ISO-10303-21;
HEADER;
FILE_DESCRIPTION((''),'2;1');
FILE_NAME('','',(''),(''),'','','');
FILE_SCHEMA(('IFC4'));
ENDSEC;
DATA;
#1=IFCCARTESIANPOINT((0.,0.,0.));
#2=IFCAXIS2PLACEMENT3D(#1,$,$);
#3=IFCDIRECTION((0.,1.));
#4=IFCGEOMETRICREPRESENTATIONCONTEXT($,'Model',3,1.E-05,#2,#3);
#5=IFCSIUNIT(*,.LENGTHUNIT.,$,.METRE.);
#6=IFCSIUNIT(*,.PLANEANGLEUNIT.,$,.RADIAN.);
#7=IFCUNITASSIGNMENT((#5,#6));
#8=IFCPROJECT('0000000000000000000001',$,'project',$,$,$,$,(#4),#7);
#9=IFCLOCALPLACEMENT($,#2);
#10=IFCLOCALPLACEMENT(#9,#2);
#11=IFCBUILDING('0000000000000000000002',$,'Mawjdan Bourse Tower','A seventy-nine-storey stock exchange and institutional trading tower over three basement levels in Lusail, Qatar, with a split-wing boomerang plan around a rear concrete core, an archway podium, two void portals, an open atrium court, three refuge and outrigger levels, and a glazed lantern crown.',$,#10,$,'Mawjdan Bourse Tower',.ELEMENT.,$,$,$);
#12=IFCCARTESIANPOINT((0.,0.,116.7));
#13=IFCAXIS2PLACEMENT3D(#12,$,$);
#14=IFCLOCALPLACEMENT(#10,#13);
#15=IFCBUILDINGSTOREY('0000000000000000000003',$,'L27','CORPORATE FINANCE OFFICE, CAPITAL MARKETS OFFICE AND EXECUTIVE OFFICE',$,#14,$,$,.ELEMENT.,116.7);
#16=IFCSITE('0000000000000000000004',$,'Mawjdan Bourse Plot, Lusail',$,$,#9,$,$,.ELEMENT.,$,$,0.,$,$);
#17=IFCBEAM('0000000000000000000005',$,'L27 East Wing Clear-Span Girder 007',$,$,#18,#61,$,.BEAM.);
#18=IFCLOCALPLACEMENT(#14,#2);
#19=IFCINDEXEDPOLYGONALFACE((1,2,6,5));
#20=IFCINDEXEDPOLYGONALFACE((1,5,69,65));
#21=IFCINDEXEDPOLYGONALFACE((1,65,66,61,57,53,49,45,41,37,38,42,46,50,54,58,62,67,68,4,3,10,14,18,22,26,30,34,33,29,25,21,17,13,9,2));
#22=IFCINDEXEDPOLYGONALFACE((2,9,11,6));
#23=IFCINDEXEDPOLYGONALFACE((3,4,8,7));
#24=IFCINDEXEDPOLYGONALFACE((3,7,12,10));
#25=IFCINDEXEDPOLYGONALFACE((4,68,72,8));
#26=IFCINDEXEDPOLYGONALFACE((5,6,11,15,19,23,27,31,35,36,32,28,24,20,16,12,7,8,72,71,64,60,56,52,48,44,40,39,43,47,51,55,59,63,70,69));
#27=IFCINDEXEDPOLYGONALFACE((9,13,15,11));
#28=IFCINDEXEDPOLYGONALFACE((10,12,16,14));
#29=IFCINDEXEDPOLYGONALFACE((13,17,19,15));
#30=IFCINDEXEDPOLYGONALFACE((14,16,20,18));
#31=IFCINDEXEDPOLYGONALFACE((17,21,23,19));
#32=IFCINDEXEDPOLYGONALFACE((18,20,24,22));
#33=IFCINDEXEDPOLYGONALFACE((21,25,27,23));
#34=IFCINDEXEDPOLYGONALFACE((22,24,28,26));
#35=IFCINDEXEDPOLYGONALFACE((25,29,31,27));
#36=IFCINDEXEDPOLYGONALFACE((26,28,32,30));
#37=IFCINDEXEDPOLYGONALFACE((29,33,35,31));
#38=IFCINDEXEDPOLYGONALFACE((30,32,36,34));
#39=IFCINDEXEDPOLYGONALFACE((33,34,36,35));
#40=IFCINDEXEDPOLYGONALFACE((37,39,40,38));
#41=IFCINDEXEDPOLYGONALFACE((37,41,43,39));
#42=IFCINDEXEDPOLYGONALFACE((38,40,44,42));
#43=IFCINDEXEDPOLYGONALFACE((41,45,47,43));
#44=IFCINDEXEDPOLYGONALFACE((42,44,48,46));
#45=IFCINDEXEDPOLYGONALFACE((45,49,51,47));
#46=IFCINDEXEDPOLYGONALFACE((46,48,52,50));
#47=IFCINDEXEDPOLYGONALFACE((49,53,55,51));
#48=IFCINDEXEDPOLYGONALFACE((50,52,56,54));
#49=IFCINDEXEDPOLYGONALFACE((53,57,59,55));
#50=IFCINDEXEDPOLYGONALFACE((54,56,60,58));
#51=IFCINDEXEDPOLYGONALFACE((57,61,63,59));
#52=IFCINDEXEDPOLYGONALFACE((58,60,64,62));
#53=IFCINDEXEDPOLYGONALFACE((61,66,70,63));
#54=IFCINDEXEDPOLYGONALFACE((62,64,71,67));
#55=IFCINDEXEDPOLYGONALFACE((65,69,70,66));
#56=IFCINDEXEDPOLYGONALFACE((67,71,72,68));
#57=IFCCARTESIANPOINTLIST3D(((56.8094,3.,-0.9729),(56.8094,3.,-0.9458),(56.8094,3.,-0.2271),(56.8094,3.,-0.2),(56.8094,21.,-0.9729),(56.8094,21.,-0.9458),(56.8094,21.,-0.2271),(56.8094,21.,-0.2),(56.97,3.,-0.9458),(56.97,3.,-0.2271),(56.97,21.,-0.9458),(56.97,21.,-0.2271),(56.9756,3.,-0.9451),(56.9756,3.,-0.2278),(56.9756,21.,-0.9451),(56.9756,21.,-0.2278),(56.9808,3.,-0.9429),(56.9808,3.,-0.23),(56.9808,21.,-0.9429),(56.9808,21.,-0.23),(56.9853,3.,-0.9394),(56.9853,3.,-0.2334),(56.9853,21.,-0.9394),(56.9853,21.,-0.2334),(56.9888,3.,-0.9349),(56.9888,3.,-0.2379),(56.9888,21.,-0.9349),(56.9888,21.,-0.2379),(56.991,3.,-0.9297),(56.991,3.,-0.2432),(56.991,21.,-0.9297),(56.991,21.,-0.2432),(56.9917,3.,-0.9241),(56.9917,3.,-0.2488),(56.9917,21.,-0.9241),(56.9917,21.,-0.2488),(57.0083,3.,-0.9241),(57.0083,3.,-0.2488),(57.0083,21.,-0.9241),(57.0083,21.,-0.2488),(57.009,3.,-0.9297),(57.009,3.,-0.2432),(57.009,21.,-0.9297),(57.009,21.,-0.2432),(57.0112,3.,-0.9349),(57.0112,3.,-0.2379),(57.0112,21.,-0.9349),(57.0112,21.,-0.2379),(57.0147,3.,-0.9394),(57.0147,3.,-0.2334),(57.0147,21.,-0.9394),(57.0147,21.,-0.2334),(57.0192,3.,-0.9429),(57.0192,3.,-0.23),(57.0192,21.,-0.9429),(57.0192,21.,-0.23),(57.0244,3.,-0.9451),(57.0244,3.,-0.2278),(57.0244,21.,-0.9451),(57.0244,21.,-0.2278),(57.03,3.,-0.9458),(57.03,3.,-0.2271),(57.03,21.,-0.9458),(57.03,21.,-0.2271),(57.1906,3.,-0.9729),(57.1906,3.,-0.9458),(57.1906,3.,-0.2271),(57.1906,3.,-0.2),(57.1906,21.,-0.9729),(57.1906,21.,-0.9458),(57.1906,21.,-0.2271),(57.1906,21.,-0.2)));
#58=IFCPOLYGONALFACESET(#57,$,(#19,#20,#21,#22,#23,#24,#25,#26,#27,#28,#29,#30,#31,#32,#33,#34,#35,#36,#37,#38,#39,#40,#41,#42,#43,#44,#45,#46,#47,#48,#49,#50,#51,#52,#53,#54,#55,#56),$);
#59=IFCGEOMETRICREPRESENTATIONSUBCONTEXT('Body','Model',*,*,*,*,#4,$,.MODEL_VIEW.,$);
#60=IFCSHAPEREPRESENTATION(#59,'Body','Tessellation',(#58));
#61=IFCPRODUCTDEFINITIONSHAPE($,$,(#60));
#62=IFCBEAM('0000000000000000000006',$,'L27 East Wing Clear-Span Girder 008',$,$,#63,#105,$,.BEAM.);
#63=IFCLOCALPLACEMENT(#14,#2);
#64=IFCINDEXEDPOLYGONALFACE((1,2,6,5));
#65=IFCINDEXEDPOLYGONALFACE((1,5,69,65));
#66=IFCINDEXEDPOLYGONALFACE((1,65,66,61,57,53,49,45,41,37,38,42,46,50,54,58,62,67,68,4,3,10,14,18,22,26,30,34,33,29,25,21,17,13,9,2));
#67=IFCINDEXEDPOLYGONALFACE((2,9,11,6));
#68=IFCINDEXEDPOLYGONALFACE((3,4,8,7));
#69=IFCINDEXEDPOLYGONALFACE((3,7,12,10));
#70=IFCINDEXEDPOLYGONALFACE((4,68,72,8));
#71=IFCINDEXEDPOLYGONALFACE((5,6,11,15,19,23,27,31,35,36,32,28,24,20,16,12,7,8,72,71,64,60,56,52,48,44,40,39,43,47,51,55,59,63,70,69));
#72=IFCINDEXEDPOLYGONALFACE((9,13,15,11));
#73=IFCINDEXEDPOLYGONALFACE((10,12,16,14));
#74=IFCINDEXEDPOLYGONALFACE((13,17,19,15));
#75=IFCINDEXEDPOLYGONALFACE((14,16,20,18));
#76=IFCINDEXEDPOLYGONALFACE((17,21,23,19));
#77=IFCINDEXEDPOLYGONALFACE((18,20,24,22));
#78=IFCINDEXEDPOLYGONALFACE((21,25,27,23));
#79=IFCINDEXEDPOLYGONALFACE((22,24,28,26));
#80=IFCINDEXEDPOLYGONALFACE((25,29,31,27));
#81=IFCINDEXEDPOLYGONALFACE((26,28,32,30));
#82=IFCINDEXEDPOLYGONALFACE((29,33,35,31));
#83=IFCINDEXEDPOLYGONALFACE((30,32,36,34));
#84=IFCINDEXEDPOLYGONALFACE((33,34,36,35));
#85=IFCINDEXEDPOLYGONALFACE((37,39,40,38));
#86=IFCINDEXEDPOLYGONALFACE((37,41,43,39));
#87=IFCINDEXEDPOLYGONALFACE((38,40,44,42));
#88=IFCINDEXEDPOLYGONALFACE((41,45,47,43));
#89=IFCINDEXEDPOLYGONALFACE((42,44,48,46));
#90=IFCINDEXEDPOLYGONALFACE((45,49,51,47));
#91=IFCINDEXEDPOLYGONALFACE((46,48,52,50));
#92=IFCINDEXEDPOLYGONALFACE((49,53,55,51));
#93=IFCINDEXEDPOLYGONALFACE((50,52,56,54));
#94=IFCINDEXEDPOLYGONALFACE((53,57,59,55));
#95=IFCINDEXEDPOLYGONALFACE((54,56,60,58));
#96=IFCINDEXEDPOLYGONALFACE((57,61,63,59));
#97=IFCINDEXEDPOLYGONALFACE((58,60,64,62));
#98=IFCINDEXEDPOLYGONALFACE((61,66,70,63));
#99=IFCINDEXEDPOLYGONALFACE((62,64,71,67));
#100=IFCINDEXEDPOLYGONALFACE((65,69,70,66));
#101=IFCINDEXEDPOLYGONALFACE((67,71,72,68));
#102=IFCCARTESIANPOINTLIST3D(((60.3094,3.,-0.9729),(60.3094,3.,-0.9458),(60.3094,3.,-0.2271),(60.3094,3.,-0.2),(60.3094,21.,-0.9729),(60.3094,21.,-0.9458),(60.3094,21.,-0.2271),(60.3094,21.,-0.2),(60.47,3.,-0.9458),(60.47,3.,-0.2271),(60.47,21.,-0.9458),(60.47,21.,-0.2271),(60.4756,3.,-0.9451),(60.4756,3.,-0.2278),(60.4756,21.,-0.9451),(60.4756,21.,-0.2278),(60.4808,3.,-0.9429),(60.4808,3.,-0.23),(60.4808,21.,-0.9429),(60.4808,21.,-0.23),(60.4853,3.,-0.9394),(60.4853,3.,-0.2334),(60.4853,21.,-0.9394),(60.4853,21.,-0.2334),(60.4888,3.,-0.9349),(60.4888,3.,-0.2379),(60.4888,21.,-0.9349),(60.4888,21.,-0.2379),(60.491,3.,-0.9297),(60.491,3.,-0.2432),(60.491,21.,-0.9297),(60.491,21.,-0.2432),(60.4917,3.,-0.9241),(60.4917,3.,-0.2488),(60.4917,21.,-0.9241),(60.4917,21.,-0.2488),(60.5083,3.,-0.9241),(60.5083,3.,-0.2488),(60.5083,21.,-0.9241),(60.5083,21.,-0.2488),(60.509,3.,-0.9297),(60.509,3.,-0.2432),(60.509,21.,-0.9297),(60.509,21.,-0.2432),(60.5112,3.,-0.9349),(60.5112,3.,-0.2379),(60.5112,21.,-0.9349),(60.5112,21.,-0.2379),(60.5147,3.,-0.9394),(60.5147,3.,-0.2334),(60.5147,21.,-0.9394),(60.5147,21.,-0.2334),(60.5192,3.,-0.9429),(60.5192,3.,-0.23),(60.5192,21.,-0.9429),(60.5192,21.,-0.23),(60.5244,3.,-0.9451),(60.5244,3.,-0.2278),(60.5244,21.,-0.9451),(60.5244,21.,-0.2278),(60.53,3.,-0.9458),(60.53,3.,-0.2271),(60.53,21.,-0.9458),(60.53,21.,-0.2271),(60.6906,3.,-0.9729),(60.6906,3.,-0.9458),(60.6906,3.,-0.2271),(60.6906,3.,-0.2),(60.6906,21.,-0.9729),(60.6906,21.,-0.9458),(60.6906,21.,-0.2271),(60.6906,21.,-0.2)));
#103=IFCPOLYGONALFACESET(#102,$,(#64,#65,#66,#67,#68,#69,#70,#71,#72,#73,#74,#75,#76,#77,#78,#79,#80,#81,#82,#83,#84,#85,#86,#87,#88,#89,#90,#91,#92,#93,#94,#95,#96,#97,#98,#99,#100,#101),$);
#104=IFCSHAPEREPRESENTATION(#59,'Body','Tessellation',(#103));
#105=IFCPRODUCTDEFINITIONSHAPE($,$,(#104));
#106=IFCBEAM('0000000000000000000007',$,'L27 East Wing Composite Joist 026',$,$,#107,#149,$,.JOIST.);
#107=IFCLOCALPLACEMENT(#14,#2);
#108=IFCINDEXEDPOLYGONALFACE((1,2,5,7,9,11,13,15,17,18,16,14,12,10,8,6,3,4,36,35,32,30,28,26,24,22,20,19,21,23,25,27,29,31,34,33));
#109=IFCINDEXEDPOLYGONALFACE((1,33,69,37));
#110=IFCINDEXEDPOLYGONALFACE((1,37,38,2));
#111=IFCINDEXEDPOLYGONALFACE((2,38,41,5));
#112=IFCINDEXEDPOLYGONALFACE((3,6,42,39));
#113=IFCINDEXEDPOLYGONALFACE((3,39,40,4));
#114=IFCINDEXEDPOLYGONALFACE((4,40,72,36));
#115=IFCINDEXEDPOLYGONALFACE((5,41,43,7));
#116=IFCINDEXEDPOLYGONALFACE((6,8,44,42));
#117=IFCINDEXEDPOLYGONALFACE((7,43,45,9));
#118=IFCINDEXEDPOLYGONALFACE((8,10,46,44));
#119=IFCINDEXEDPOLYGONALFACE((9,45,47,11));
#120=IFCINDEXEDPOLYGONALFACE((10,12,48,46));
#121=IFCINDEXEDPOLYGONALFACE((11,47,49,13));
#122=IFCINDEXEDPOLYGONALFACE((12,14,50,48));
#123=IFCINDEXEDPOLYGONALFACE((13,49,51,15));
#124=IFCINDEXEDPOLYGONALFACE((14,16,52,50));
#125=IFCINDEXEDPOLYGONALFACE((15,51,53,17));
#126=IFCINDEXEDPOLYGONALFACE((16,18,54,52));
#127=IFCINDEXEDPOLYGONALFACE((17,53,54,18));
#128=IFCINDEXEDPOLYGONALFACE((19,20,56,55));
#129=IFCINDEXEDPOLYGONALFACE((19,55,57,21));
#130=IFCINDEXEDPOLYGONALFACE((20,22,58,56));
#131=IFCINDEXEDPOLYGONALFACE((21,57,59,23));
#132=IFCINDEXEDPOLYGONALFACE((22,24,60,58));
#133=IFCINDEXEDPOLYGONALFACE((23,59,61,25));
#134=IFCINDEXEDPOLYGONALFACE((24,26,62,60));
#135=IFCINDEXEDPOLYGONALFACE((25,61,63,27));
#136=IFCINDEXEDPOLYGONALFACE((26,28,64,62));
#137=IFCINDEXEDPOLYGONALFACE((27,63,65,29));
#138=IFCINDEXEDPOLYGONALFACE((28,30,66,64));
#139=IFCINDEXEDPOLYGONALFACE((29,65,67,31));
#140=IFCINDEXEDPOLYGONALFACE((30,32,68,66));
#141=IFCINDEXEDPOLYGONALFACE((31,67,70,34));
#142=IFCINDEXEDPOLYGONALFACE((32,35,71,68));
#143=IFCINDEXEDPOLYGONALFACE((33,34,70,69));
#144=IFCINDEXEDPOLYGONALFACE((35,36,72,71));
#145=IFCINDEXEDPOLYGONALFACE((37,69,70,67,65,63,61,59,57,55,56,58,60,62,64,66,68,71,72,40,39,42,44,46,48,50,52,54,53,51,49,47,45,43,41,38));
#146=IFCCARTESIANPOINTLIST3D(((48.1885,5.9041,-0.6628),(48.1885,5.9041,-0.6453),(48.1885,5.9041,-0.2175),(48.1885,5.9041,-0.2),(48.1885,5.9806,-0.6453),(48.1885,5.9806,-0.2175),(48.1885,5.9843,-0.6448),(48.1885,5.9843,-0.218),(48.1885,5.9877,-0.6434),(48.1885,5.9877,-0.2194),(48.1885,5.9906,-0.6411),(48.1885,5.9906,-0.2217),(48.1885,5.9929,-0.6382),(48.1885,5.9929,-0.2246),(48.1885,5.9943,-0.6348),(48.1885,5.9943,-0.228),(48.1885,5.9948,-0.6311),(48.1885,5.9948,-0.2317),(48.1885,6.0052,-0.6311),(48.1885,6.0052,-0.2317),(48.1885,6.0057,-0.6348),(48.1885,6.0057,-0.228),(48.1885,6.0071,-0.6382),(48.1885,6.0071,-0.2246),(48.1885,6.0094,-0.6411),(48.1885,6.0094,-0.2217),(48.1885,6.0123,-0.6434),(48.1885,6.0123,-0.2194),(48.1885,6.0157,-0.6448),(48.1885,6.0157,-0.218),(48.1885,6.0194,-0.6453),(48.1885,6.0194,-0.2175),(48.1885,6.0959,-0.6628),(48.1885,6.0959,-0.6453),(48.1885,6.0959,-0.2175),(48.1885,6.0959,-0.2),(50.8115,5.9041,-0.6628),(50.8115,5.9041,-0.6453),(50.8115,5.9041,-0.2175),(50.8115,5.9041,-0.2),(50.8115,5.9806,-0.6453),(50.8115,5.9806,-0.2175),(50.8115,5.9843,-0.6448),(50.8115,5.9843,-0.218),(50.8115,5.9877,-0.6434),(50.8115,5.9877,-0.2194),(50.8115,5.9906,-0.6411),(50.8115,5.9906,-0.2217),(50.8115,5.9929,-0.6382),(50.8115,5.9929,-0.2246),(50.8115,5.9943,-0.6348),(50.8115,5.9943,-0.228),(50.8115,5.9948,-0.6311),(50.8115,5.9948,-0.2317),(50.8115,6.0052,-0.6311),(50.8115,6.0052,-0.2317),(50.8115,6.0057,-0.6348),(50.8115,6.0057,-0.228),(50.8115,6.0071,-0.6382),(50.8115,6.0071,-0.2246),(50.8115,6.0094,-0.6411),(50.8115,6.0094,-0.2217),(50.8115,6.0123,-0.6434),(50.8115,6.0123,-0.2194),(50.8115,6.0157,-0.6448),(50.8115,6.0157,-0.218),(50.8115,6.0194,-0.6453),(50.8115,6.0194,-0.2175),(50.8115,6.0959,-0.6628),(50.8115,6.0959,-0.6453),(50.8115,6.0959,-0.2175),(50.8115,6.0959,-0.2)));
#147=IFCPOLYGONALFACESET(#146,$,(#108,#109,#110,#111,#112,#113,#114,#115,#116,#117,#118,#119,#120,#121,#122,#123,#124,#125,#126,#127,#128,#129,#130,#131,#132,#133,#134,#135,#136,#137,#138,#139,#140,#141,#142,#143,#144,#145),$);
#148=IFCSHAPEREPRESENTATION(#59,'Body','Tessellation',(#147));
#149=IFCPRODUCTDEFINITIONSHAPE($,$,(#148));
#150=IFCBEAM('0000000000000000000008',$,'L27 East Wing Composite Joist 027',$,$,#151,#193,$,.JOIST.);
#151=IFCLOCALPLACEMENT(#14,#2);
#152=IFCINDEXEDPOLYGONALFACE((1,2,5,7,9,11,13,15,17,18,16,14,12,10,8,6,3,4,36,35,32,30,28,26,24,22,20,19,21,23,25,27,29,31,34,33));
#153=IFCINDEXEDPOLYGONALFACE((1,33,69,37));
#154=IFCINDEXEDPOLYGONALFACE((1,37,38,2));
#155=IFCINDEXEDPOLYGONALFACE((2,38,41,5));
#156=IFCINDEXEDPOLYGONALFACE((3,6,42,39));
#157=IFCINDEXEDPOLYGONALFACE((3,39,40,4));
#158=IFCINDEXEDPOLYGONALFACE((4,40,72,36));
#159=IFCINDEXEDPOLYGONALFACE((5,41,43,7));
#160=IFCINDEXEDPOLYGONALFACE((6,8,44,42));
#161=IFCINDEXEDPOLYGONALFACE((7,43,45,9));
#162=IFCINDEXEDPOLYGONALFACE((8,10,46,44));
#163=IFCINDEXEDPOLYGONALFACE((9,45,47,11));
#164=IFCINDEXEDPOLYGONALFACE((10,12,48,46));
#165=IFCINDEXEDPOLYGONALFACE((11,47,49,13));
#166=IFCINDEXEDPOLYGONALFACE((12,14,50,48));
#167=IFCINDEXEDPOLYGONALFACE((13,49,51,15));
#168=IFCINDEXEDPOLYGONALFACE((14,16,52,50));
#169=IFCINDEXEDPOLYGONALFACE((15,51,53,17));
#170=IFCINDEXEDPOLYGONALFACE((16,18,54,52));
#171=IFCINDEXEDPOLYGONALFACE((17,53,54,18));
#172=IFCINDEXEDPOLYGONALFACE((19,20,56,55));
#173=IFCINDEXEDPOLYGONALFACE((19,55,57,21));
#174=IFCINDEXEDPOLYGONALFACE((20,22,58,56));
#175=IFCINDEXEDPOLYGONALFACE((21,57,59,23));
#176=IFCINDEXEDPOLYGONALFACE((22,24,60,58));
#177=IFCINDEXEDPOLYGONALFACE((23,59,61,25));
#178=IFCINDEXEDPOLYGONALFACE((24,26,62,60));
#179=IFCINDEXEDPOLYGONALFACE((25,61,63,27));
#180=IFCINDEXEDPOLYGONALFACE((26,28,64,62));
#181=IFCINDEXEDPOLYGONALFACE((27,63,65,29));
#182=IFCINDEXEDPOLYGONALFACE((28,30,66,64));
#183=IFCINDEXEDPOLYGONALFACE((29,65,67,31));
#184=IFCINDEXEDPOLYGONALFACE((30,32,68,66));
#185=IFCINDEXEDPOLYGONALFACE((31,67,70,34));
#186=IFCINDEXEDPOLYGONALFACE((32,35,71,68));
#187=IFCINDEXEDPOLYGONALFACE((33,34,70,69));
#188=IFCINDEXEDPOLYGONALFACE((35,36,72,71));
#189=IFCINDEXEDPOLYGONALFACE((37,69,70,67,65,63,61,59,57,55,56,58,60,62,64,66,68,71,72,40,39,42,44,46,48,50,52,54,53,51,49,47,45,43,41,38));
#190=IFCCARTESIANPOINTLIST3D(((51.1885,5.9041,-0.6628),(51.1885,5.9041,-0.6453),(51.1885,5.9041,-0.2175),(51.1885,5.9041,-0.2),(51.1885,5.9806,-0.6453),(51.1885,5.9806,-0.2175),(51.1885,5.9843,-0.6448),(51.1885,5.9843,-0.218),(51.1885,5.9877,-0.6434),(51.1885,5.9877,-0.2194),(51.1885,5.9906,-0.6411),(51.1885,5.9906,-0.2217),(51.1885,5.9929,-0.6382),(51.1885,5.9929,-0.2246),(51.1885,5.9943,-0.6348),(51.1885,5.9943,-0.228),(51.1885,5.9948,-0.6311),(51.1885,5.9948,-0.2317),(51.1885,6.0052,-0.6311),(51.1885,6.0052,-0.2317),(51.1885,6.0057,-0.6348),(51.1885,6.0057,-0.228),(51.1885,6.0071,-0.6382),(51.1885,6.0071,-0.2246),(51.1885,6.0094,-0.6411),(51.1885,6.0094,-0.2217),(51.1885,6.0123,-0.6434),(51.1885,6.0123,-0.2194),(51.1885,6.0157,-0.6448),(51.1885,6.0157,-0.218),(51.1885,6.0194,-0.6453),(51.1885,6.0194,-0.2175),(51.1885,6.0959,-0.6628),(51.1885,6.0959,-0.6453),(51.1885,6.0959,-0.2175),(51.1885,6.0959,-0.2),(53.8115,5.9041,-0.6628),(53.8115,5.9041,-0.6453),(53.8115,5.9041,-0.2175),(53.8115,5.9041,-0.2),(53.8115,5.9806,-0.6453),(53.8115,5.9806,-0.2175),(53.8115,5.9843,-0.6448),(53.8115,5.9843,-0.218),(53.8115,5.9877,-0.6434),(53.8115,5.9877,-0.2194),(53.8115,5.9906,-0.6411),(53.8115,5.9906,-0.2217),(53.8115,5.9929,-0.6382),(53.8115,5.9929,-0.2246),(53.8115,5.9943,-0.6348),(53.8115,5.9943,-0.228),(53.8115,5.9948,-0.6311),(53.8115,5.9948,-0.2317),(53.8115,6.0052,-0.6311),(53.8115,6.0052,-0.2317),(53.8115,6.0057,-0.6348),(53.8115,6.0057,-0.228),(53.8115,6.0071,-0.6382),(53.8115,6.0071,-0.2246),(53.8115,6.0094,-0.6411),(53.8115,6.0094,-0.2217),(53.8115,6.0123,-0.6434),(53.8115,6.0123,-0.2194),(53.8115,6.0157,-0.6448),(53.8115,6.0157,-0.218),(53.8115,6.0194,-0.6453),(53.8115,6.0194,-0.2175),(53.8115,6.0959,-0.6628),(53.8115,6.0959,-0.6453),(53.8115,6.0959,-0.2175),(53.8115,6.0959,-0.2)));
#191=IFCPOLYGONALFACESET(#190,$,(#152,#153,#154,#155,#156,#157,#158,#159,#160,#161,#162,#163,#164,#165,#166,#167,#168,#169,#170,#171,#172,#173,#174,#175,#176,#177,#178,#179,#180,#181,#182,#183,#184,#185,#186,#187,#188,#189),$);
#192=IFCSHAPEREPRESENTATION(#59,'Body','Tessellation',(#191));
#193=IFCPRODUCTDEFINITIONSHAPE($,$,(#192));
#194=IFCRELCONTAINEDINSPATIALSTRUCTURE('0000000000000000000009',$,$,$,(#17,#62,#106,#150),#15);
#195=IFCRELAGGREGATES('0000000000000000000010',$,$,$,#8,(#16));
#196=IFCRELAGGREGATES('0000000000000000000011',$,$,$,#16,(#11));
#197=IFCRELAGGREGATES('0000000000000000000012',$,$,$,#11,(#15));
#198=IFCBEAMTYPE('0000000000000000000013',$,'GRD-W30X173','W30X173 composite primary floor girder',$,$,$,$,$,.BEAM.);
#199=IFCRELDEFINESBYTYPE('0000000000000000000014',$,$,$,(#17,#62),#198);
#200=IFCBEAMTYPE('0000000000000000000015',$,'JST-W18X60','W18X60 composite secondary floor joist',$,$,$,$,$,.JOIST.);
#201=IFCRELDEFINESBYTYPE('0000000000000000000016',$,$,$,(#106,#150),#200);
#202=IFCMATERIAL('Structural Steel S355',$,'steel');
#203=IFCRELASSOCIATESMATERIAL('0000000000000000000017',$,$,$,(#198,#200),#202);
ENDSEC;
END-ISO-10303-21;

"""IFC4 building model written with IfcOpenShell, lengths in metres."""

from ifc_helpers import new_model, si_unit, direction, frame, origin, origin_2d, place, context, subcontext, project, spatial, i_section, extrude, material, material_profile, profile_set, type_object, element, save


model = new_model("IFC4")

# Units and contexts
model_context = context("Model", 3, precision=1e-05, world=origin(), true_north=direction((0.0, 1.0)))
body_context = subcontext(model_context, "Body", "Model", "MODEL_VIEW")
ifc_project = project(units=[si_unit("LENGTHUNIT", "METRE"), si_unit("PLANEANGLEUNIT", "RADIAN")], contexts=[model_context])

# Site, building, storey
site_placement = place(None, origin())
site = spatial("IfcSite", under=ifc_project, at=site_placement, Name="Mawjdan Bourse Plot, Lusail", CompositionType="ELEMENT", RefElevation=0.0)
building_placement = place(site_placement, origin())
building = spatial("IfcBuilding", under=site, at=building_placement, Name="Mawjdan Bourse Tower", Description="A seventy-nine-storey stock exchange and institutional trading tower over three basement levels in Lusail, Qatar, with a split-wing boomerang plan around a rear concrete core, an archway podium, two void portals, an open atrium court, three refuge and outrigger levels, and a glazed lantern crown.", LongName="Mawjdan Bourse Tower", CompositionType="ELEMENT")
storey_placement = place(building_placement, frame((0.0, 0.0, 116.7)))
storey = spatial("IfcBuildingStorey", under=building, at=storey_placement, Name="L27", Description="CORPORATE FINANCE OFFICE, CAPITAL MARKETS OFFICE AND EXECUTIVE OFFICE", CompositionType="ELEMENT", Elevation=116.7)

# Beams
ifc_material_1 = material(Name="Structural Steel S355", Category="steel")
ifc_material_profile_1 = material_profile(ifc_material_1, i_section(OverallWidth=0.3811, OverallDepth=0.7729, WebThickness=0.0166, FlangeThickness=0.0271, FilletRadius=0.0217, at=origin_2d()), Name="W30X173")
ifc_profile_set_1 = profile_set([ifc_material_profile_1], Name="Structural Steel S355")
beam_type_1 = type_object("IfcBeamType", Name="GRD-W30X173", Description="W30X173 composite primary floor girder", PredefinedType="BEAM", material=ifc_profile_set_1)
for number, where, z_axis, x_axis, name in (
    (1, (57.0, 3.0, -0.5864), (0.0, 1.0, 0.0), (-1.0, 0.0, 0.0), "L27 East Wing Clear-Span Girder 007"),
    (2, (60.5, 3.0, -0.5864), (0.0, 1.0, 0.0), (-1.0, 0.0, 0.0), "L27 East Wing Clear-Span Girder 008"),
):
    element("IfcBeam", number, at=place(storey_placement, frame(where, z_axis=z_axis, x_axis=x_axis)), inside=storey, type_object=beam_type_1, Name=name, PredefinedType="BEAM", context=body_context, shape_type="SweptSolid", body=[
        extrude(i_section(OverallWidth=0.3811, OverallDepth=0.7729, WebThickness=0.0166, FlangeThickness=0.0271, FilletRadius=0.0217, at=origin_2d()), origin(), (0.0, 0.0, 1.0), 18.0),
    ])
ifc_material_profile_2 = material_profile(ifc_material_1, i_section(OverallWidth=0.1919, OverallDepth=0.4629, WebThickness=0.0105, FlangeThickness=0.0176, FilletRadius=0.0142, at=origin_2d()), Name="W18X60")
ifc_profile_set_2 = profile_set([ifc_material_profile_2], Name="Structural Steel S355")
beam_type_2 = type_object("IfcBeamType", Name="JST-W18X60", Description="W18X60 composite secondary floor joist", PredefinedType="JOIST", material=ifc_profile_set_2)
for number, where, z_axis, x_axis, name in (
    (3, (48.1885, 6.0, -0.4314), (1.0, 0.0, 0.0), (0.0, 1.0, 0.0), "L27 East Wing Composite Joist 026"),
    (4, (51.1885, 6.0, -0.4314), (1.0, 0.0, 0.0), (0.0, 1.0, 0.0), "L27 East Wing Composite Joist 027"),
):
    element("IfcBeam", number, at=place(storey_placement, frame(where, z_axis=z_axis, x_axis=x_axis)), inside=storey, type_object=beam_type_2, Name=name, PredefinedType="JOIST", context=body_context, shape_type="SweptSolid", body=[
        extrude(i_section(OverallWidth=0.1919, OverallDepth=0.4629, WebThickness=0.0105, FlangeThickness=0.0176, FilletRadius=0.0142, at=origin_2d()), origin(), (0.0, 0.0, 1.0), 2.623),
    ])

save(model, "model.ifc")
